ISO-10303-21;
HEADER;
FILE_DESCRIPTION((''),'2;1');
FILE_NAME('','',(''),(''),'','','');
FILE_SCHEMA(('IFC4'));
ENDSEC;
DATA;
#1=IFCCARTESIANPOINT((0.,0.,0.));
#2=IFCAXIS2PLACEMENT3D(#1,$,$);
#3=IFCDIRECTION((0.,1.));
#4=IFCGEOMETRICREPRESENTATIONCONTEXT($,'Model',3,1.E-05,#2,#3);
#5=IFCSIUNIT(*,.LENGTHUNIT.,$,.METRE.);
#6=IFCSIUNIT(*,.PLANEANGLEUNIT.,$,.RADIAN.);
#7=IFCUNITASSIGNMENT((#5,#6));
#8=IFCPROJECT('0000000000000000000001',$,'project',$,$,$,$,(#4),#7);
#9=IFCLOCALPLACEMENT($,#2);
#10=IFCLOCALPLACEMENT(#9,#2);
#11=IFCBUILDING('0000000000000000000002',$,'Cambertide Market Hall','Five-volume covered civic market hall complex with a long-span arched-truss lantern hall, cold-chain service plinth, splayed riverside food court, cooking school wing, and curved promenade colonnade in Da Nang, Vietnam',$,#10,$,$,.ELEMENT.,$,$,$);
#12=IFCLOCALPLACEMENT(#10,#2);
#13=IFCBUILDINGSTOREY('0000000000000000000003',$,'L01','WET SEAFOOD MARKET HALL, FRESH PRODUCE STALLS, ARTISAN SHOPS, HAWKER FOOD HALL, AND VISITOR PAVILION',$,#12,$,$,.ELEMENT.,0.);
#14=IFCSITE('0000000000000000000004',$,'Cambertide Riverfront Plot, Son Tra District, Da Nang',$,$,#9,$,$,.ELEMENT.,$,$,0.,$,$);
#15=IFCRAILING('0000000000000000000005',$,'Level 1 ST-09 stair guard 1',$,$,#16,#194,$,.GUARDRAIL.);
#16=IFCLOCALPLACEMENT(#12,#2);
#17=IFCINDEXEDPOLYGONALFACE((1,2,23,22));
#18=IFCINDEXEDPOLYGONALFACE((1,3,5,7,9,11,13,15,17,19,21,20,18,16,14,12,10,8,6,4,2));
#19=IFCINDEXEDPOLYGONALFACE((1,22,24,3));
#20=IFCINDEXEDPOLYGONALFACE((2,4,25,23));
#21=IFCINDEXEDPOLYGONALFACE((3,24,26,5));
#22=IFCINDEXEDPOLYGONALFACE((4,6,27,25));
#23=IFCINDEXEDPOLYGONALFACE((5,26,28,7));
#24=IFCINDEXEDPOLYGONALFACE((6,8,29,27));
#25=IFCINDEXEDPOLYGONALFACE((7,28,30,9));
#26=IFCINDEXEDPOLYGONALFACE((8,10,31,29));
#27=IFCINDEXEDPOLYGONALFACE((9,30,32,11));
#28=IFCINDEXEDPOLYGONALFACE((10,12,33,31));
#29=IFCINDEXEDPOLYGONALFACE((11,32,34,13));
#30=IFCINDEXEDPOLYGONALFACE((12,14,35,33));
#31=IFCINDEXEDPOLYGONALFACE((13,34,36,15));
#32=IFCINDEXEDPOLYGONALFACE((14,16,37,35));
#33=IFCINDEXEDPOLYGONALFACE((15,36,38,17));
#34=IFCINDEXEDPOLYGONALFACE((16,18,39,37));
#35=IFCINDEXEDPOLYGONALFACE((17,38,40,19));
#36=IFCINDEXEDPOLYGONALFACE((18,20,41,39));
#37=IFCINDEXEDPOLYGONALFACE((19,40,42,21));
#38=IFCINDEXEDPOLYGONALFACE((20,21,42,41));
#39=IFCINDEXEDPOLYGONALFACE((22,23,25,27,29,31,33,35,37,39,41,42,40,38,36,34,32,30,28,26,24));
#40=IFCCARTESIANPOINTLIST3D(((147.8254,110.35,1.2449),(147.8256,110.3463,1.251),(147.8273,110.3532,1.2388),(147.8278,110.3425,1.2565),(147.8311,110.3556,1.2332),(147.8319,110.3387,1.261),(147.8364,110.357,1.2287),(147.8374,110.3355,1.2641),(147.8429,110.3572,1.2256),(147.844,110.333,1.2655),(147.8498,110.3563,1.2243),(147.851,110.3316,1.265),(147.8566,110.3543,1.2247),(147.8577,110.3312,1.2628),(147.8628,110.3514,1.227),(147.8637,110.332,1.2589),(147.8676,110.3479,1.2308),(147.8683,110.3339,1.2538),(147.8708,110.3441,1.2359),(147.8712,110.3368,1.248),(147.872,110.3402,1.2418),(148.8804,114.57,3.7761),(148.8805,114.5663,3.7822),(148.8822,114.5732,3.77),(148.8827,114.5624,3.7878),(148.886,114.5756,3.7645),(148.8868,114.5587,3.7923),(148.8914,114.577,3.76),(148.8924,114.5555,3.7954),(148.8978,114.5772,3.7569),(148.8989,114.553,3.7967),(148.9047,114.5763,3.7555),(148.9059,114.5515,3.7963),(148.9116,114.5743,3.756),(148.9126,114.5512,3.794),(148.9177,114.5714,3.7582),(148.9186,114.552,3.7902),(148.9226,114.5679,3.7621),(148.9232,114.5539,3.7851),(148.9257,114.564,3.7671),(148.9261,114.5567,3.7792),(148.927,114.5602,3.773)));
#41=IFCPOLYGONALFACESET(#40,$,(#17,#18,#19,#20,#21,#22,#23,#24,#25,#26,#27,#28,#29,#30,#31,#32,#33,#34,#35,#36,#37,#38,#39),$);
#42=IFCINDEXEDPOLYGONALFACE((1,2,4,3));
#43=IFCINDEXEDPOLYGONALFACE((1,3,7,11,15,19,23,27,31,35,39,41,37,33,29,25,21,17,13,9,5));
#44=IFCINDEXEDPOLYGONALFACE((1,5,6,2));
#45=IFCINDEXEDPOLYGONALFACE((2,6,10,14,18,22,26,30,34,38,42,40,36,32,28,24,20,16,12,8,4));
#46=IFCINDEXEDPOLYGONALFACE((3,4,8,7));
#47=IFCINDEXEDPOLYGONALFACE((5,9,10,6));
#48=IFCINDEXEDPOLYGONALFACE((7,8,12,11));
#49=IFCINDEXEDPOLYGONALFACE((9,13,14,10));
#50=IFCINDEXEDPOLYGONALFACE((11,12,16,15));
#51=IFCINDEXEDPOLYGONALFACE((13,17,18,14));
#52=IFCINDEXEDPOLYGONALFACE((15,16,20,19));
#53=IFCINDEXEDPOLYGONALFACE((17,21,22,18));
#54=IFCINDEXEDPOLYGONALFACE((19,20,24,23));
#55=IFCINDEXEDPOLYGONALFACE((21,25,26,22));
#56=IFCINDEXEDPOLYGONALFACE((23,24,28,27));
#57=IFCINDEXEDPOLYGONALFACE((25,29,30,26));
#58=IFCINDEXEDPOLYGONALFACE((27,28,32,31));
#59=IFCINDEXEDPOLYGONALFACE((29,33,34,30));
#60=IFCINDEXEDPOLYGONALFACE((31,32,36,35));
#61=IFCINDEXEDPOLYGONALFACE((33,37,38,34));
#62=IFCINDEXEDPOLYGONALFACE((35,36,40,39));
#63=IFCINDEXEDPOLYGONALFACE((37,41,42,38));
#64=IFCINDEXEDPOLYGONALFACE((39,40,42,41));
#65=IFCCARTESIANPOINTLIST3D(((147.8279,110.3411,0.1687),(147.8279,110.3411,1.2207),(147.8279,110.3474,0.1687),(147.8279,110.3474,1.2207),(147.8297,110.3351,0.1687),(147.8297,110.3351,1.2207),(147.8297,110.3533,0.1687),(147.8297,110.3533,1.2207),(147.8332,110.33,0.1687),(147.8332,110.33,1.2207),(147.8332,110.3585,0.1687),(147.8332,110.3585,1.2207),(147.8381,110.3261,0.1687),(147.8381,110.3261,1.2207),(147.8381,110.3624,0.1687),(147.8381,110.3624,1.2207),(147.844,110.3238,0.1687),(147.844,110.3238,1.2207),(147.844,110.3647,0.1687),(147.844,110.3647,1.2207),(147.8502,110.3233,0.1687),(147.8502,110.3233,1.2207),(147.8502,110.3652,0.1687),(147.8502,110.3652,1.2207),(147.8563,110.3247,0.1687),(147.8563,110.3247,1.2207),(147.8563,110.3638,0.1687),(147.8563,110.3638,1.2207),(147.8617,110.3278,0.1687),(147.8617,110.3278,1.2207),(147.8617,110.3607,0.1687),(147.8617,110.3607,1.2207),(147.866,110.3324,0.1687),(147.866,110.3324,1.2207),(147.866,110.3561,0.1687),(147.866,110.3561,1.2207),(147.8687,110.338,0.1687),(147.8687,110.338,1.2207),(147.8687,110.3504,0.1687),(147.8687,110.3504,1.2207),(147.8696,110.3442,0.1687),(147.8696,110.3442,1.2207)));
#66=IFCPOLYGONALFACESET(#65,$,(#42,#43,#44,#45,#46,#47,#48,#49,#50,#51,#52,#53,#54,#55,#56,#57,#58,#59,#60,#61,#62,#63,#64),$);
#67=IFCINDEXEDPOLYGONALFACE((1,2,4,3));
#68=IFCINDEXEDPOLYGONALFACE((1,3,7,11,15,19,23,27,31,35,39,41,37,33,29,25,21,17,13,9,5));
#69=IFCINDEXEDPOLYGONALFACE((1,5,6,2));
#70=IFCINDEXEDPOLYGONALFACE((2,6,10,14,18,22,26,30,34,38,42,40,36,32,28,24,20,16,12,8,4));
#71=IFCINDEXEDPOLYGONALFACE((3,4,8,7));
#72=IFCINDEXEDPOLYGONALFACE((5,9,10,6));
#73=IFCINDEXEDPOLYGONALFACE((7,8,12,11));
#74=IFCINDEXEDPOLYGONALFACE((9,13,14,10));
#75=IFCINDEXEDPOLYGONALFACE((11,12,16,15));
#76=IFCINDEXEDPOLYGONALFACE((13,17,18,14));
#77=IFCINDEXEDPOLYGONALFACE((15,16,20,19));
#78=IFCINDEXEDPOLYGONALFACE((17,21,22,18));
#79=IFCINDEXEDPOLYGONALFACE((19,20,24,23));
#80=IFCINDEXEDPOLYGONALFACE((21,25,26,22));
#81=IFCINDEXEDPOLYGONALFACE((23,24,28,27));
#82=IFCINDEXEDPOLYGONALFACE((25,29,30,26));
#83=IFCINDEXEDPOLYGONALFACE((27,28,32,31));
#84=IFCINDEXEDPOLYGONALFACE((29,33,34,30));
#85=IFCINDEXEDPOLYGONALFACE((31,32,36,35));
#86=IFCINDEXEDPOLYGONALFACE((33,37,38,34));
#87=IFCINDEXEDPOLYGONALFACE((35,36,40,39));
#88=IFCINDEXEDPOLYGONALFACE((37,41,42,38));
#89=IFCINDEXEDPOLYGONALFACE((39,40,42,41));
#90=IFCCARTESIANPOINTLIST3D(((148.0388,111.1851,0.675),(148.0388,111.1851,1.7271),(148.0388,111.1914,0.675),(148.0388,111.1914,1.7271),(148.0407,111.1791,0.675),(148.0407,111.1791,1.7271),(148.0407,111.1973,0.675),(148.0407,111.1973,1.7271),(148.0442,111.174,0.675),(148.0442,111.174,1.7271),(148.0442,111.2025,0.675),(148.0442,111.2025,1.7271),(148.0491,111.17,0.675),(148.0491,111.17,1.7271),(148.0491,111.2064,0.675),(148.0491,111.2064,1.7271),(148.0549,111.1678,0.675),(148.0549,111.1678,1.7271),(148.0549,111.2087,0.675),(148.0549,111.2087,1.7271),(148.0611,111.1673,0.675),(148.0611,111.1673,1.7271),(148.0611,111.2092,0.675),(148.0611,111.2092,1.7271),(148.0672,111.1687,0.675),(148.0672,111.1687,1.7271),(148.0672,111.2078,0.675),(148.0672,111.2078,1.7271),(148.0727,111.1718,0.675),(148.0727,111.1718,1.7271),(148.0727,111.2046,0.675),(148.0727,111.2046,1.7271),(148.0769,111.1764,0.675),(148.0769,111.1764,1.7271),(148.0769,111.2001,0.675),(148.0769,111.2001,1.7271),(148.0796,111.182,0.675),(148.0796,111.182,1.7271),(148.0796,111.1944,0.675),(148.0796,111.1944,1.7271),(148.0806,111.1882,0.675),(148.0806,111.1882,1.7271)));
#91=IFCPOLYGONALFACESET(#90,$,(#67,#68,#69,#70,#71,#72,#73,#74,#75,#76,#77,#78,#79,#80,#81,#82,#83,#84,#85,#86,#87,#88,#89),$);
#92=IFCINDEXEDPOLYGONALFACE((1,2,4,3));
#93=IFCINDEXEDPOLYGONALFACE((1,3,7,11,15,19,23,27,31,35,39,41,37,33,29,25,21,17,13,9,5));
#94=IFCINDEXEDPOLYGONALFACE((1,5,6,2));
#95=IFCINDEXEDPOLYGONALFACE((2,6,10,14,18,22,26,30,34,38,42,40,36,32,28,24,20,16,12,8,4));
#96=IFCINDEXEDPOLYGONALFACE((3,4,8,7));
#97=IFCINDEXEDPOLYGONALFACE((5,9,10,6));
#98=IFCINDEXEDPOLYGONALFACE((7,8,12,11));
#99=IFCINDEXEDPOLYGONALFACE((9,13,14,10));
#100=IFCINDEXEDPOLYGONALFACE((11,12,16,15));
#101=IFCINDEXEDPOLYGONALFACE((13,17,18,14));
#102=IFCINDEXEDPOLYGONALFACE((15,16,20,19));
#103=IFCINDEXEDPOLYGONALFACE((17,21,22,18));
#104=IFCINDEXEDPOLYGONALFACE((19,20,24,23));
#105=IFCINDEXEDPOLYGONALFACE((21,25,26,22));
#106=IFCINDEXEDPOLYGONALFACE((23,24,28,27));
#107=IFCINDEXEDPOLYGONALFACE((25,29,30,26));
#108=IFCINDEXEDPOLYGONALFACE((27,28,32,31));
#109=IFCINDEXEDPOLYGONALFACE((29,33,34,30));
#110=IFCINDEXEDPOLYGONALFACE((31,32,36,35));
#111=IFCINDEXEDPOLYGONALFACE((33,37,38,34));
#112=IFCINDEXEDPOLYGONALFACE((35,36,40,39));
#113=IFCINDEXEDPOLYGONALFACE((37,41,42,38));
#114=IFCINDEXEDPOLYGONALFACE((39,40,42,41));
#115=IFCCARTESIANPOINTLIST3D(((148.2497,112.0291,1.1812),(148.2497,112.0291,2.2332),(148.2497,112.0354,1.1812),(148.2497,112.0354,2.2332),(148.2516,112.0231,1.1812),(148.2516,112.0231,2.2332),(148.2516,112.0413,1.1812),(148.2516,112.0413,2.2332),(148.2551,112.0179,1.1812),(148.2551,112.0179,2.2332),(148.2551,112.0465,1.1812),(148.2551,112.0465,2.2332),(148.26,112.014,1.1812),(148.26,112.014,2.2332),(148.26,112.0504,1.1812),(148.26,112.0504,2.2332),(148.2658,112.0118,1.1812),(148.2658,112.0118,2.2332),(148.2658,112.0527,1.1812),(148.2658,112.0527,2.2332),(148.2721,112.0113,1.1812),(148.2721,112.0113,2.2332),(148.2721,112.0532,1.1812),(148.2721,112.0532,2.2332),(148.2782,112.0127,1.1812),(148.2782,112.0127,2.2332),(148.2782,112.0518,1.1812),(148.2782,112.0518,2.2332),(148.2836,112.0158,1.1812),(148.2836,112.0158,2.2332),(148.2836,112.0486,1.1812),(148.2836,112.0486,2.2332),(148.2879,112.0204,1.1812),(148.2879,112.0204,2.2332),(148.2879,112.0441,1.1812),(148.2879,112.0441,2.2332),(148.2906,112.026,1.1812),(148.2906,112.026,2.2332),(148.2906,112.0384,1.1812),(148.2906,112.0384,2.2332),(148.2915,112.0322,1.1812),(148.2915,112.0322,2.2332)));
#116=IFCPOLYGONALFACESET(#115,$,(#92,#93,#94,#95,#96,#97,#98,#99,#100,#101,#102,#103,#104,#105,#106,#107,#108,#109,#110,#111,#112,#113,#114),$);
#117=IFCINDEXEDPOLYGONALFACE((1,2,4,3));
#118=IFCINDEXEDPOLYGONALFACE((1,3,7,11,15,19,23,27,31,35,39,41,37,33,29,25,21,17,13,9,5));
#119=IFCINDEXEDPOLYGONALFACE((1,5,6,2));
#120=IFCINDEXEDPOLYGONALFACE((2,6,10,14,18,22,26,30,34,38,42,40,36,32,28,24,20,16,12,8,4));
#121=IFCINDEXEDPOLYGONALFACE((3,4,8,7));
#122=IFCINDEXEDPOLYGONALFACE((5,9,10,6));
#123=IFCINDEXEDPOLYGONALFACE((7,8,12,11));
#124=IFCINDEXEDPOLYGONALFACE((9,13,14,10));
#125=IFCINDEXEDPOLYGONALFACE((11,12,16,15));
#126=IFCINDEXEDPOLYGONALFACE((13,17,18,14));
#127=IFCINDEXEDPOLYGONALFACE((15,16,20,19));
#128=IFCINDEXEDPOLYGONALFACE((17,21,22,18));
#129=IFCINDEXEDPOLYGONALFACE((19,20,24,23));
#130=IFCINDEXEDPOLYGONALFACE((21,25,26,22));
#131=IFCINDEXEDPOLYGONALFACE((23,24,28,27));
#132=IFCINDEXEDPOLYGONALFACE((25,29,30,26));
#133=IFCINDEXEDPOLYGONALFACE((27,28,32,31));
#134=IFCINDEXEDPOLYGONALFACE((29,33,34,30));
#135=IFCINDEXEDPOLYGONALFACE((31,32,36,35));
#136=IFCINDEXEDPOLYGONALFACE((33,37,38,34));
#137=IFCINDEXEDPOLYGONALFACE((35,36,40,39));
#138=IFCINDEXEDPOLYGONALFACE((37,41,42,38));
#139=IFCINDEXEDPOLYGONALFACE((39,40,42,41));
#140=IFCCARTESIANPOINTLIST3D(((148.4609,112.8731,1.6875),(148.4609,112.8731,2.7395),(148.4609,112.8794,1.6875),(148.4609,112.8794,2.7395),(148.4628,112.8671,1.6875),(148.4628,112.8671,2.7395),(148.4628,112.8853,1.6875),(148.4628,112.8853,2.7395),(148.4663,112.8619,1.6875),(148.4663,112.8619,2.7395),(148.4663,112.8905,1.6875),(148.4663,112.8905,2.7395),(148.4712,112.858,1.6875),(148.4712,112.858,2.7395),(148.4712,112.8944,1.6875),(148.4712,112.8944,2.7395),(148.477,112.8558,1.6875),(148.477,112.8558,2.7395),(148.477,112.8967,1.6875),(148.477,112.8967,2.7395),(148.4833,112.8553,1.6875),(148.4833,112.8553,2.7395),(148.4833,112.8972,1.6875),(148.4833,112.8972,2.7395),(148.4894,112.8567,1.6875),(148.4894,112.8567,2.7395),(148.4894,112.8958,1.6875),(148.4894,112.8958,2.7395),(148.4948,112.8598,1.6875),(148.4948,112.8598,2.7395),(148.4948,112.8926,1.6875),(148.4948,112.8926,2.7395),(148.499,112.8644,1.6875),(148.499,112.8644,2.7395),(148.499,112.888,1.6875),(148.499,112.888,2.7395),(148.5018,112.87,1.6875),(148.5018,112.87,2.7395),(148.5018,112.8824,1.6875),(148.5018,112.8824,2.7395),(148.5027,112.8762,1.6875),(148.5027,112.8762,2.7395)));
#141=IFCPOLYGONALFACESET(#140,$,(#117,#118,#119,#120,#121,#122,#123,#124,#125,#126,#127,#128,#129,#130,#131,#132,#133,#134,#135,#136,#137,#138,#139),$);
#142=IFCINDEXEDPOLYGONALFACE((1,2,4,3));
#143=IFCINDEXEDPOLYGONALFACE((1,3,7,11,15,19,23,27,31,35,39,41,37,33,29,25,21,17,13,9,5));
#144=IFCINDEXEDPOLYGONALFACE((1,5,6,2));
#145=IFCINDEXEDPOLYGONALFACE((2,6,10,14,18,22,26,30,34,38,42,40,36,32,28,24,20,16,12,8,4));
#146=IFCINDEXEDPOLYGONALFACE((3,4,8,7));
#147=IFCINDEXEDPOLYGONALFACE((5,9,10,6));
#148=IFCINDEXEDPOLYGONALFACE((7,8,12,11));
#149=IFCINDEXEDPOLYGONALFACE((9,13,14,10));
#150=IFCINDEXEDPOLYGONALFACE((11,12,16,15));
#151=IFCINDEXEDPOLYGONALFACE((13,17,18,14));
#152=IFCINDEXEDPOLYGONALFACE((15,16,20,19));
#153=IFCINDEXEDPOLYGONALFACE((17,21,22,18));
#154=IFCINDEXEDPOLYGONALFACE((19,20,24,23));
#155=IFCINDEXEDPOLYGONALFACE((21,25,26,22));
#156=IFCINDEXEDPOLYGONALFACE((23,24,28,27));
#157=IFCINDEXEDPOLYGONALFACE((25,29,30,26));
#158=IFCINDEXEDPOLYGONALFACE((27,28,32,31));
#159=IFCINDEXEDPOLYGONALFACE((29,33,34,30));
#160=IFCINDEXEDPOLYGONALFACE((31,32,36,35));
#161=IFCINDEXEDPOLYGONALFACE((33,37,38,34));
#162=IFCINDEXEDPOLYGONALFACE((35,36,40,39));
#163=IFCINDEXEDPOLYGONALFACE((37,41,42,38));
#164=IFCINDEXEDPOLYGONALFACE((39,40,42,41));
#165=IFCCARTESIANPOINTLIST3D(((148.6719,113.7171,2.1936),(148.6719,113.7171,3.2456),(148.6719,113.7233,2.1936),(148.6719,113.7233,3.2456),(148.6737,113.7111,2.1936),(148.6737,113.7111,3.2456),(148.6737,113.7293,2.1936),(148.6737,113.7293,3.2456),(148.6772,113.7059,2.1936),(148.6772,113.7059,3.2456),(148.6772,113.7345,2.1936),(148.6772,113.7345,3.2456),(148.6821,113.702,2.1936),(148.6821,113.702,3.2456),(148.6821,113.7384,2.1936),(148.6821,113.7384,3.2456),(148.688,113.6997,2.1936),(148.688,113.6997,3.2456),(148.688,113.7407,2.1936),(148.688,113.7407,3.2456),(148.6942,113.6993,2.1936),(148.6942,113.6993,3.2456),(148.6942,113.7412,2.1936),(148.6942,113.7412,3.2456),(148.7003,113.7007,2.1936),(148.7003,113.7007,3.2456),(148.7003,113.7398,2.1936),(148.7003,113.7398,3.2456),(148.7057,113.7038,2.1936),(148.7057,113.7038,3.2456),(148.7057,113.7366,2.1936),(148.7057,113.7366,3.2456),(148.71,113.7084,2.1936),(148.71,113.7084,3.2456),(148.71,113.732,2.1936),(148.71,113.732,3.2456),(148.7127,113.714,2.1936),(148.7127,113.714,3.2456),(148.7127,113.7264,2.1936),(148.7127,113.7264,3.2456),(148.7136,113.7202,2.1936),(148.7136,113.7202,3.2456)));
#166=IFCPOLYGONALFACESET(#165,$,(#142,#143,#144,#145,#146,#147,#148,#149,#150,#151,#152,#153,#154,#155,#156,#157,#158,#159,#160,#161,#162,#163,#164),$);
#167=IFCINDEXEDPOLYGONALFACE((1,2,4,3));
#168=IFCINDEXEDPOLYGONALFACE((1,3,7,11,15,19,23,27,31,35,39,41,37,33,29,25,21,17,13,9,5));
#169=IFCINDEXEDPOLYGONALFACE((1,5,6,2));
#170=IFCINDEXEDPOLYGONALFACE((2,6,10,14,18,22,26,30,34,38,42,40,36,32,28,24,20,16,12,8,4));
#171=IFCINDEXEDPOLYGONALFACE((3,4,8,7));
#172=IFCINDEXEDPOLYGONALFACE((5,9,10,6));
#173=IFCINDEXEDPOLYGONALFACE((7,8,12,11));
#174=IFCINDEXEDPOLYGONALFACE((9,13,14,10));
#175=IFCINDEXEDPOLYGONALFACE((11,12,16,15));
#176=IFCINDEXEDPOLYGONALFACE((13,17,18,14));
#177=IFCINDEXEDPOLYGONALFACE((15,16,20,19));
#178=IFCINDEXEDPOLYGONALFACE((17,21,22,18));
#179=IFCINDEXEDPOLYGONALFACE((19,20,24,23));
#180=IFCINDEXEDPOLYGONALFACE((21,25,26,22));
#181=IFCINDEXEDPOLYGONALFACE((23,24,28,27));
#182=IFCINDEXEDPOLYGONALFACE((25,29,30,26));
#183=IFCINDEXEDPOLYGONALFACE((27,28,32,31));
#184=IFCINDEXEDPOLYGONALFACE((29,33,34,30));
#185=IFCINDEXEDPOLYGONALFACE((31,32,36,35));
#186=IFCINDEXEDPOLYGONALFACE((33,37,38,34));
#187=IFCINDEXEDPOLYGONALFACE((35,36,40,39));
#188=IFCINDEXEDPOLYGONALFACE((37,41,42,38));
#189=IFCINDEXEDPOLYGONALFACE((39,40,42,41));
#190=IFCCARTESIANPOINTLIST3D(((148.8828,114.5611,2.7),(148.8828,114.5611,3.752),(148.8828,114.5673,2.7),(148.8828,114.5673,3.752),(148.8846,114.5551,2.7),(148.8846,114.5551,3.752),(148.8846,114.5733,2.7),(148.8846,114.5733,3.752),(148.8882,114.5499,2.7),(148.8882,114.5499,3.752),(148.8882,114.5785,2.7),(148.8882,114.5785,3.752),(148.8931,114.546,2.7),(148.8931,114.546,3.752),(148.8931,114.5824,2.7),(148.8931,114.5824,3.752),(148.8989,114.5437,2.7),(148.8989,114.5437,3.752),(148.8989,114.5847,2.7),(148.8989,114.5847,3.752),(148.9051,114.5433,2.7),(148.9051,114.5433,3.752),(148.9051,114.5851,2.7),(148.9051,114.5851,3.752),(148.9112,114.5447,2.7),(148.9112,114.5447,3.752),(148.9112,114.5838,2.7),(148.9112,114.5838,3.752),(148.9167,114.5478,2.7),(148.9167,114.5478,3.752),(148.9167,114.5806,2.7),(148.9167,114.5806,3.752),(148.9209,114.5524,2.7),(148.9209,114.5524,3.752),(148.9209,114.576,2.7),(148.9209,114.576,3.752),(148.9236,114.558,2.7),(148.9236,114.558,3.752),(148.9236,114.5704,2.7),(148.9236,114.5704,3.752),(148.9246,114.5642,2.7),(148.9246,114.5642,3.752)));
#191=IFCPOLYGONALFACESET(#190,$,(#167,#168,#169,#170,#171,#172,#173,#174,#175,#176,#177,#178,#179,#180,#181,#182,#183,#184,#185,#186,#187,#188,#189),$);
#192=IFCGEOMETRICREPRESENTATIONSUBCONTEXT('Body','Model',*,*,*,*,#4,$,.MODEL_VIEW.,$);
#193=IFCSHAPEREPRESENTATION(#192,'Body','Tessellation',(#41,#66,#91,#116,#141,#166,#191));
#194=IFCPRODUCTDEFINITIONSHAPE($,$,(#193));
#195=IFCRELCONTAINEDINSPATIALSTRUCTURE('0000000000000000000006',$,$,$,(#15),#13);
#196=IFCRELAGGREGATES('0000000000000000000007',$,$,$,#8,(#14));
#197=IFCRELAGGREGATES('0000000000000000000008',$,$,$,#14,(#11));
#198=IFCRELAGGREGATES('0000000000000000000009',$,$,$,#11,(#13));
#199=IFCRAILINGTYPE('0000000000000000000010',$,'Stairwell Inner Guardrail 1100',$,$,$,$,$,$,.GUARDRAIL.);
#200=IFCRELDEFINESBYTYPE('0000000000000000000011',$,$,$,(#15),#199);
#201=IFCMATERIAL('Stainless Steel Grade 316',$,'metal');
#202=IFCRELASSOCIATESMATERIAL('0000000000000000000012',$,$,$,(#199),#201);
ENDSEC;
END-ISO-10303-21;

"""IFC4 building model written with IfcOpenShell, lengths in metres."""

from ifc_helpers import new_model, si_unit, direction, frame, origin, origin_2d, place, context, subcontext, project, spatial, circle, extrude, material, type_object, element, save


model = new_model("IFC4")

# Units and contexts
model_context = context("Model", 3, precision=1e-05, world=origin(), true_north=direction((0.0, 1.0)))
body_context = subcontext(model_context, "Body", "Model", "MODEL_VIEW")
ifc_project = project(units=[si_unit("LENGTHUNIT", "METRE"), si_unit("PLANEANGLEUNIT", "RADIAN")], contexts=[model_context])

# Site, building, storey
site_placement = place(None, origin())
site = spatial("IfcSite", under=ifc_project, at=site_placement, Name="Cambertide Riverfront Plot, Son Tra District, Da Nang", CompositionType="ELEMENT", RefElevation=0.0)
building_placement = place(site_placement, origin())
building = spatial("IfcBuilding", under=site, at=building_placement, Name="Cambertide Market Hall", Description="Five-volume covered civic market hall complex with a long-span arched-truss lantern hall, cold-chain service plinth, splayed riverside food court, cooking school wing, and curved promenade colonnade in Da Nang, Vietnam", CompositionType="ELEMENT")
storey_placement = place(building_placement, origin())
storey = spatial("IfcBuildingStorey", under=building, at=storey_placement, Name="L01", Description="WET SEAFOOD MARKET HALL, FRESH PRODUCE STALLS, ARTISAN SHOPS, HAWKER FOOD HALL, AND VISITOR PAVILION", CompositionType="ELEMENT", Elevation=0.0)

# Railing
ifc_material_1 = material(Name="Stainless Steel Grade 316", Category="metal")
railing_type_1 = type_object("IfcRailingType", Name="Stairwell Inner Guardrail 1100", PredefinedType="GUARDRAIL", material=ifc_material_1)
railing_1_placement = place(storey_placement, frame((147.8486, 110.3442, 0.1687)))
element("IfcRailing", 1, at=railing_1_placement, inside=storey, type_object=railing_type_1, Name="Level 1 ST-09 stair guard 1", PredefinedType="GUARDRAIL", context=body_context, shape_type="SweptSolid", body=[
    extrude(circle(Radius=0.0239, at=origin_2d()), frame((0.0, 0.0, 1.0762), z_axis=(0.209615, 0.838507, 0.502959), x_axis=(-0.970146, 0.242522, 0.0)), (0.0, 0.0, 1.0), 5.0327),
    extrude(circle(Radius=0.021, at=origin_2d()), origin(), (0.0, 0.0, 1.0), 1.052),
    extrude(circle(Radius=0.021, at=origin_2d()), frame((0.2109, 0.844, 0.5063)), (0.0, 0.0, 1.0), 1.052),
    extrude(circle(Radius=0.021, at=origin_2d()), frame((0.4219, 1.688, 1.0125)), (0.0, 0.0, 1.0), 1.052),
    extrude(circle(Radius=0.021, at=origin_2d()), frame((0.6331, 2.532, 1.5188)), (0.0, 0.0, 1.0), 1.052),
    extrude(circle(Radius=0.021, at=origin_2d()), frame((0.844, 3.376, 2.0249)), (0.0, 0.0, 1.0), 1.052),
    extrude(circle(Radius=0.021, at=origin_2d()), frame((1.0549, 4.22, 2.5312)), (0.0, 0.0, 1.0), 1.052),
])

save(model, "model.ifc")
